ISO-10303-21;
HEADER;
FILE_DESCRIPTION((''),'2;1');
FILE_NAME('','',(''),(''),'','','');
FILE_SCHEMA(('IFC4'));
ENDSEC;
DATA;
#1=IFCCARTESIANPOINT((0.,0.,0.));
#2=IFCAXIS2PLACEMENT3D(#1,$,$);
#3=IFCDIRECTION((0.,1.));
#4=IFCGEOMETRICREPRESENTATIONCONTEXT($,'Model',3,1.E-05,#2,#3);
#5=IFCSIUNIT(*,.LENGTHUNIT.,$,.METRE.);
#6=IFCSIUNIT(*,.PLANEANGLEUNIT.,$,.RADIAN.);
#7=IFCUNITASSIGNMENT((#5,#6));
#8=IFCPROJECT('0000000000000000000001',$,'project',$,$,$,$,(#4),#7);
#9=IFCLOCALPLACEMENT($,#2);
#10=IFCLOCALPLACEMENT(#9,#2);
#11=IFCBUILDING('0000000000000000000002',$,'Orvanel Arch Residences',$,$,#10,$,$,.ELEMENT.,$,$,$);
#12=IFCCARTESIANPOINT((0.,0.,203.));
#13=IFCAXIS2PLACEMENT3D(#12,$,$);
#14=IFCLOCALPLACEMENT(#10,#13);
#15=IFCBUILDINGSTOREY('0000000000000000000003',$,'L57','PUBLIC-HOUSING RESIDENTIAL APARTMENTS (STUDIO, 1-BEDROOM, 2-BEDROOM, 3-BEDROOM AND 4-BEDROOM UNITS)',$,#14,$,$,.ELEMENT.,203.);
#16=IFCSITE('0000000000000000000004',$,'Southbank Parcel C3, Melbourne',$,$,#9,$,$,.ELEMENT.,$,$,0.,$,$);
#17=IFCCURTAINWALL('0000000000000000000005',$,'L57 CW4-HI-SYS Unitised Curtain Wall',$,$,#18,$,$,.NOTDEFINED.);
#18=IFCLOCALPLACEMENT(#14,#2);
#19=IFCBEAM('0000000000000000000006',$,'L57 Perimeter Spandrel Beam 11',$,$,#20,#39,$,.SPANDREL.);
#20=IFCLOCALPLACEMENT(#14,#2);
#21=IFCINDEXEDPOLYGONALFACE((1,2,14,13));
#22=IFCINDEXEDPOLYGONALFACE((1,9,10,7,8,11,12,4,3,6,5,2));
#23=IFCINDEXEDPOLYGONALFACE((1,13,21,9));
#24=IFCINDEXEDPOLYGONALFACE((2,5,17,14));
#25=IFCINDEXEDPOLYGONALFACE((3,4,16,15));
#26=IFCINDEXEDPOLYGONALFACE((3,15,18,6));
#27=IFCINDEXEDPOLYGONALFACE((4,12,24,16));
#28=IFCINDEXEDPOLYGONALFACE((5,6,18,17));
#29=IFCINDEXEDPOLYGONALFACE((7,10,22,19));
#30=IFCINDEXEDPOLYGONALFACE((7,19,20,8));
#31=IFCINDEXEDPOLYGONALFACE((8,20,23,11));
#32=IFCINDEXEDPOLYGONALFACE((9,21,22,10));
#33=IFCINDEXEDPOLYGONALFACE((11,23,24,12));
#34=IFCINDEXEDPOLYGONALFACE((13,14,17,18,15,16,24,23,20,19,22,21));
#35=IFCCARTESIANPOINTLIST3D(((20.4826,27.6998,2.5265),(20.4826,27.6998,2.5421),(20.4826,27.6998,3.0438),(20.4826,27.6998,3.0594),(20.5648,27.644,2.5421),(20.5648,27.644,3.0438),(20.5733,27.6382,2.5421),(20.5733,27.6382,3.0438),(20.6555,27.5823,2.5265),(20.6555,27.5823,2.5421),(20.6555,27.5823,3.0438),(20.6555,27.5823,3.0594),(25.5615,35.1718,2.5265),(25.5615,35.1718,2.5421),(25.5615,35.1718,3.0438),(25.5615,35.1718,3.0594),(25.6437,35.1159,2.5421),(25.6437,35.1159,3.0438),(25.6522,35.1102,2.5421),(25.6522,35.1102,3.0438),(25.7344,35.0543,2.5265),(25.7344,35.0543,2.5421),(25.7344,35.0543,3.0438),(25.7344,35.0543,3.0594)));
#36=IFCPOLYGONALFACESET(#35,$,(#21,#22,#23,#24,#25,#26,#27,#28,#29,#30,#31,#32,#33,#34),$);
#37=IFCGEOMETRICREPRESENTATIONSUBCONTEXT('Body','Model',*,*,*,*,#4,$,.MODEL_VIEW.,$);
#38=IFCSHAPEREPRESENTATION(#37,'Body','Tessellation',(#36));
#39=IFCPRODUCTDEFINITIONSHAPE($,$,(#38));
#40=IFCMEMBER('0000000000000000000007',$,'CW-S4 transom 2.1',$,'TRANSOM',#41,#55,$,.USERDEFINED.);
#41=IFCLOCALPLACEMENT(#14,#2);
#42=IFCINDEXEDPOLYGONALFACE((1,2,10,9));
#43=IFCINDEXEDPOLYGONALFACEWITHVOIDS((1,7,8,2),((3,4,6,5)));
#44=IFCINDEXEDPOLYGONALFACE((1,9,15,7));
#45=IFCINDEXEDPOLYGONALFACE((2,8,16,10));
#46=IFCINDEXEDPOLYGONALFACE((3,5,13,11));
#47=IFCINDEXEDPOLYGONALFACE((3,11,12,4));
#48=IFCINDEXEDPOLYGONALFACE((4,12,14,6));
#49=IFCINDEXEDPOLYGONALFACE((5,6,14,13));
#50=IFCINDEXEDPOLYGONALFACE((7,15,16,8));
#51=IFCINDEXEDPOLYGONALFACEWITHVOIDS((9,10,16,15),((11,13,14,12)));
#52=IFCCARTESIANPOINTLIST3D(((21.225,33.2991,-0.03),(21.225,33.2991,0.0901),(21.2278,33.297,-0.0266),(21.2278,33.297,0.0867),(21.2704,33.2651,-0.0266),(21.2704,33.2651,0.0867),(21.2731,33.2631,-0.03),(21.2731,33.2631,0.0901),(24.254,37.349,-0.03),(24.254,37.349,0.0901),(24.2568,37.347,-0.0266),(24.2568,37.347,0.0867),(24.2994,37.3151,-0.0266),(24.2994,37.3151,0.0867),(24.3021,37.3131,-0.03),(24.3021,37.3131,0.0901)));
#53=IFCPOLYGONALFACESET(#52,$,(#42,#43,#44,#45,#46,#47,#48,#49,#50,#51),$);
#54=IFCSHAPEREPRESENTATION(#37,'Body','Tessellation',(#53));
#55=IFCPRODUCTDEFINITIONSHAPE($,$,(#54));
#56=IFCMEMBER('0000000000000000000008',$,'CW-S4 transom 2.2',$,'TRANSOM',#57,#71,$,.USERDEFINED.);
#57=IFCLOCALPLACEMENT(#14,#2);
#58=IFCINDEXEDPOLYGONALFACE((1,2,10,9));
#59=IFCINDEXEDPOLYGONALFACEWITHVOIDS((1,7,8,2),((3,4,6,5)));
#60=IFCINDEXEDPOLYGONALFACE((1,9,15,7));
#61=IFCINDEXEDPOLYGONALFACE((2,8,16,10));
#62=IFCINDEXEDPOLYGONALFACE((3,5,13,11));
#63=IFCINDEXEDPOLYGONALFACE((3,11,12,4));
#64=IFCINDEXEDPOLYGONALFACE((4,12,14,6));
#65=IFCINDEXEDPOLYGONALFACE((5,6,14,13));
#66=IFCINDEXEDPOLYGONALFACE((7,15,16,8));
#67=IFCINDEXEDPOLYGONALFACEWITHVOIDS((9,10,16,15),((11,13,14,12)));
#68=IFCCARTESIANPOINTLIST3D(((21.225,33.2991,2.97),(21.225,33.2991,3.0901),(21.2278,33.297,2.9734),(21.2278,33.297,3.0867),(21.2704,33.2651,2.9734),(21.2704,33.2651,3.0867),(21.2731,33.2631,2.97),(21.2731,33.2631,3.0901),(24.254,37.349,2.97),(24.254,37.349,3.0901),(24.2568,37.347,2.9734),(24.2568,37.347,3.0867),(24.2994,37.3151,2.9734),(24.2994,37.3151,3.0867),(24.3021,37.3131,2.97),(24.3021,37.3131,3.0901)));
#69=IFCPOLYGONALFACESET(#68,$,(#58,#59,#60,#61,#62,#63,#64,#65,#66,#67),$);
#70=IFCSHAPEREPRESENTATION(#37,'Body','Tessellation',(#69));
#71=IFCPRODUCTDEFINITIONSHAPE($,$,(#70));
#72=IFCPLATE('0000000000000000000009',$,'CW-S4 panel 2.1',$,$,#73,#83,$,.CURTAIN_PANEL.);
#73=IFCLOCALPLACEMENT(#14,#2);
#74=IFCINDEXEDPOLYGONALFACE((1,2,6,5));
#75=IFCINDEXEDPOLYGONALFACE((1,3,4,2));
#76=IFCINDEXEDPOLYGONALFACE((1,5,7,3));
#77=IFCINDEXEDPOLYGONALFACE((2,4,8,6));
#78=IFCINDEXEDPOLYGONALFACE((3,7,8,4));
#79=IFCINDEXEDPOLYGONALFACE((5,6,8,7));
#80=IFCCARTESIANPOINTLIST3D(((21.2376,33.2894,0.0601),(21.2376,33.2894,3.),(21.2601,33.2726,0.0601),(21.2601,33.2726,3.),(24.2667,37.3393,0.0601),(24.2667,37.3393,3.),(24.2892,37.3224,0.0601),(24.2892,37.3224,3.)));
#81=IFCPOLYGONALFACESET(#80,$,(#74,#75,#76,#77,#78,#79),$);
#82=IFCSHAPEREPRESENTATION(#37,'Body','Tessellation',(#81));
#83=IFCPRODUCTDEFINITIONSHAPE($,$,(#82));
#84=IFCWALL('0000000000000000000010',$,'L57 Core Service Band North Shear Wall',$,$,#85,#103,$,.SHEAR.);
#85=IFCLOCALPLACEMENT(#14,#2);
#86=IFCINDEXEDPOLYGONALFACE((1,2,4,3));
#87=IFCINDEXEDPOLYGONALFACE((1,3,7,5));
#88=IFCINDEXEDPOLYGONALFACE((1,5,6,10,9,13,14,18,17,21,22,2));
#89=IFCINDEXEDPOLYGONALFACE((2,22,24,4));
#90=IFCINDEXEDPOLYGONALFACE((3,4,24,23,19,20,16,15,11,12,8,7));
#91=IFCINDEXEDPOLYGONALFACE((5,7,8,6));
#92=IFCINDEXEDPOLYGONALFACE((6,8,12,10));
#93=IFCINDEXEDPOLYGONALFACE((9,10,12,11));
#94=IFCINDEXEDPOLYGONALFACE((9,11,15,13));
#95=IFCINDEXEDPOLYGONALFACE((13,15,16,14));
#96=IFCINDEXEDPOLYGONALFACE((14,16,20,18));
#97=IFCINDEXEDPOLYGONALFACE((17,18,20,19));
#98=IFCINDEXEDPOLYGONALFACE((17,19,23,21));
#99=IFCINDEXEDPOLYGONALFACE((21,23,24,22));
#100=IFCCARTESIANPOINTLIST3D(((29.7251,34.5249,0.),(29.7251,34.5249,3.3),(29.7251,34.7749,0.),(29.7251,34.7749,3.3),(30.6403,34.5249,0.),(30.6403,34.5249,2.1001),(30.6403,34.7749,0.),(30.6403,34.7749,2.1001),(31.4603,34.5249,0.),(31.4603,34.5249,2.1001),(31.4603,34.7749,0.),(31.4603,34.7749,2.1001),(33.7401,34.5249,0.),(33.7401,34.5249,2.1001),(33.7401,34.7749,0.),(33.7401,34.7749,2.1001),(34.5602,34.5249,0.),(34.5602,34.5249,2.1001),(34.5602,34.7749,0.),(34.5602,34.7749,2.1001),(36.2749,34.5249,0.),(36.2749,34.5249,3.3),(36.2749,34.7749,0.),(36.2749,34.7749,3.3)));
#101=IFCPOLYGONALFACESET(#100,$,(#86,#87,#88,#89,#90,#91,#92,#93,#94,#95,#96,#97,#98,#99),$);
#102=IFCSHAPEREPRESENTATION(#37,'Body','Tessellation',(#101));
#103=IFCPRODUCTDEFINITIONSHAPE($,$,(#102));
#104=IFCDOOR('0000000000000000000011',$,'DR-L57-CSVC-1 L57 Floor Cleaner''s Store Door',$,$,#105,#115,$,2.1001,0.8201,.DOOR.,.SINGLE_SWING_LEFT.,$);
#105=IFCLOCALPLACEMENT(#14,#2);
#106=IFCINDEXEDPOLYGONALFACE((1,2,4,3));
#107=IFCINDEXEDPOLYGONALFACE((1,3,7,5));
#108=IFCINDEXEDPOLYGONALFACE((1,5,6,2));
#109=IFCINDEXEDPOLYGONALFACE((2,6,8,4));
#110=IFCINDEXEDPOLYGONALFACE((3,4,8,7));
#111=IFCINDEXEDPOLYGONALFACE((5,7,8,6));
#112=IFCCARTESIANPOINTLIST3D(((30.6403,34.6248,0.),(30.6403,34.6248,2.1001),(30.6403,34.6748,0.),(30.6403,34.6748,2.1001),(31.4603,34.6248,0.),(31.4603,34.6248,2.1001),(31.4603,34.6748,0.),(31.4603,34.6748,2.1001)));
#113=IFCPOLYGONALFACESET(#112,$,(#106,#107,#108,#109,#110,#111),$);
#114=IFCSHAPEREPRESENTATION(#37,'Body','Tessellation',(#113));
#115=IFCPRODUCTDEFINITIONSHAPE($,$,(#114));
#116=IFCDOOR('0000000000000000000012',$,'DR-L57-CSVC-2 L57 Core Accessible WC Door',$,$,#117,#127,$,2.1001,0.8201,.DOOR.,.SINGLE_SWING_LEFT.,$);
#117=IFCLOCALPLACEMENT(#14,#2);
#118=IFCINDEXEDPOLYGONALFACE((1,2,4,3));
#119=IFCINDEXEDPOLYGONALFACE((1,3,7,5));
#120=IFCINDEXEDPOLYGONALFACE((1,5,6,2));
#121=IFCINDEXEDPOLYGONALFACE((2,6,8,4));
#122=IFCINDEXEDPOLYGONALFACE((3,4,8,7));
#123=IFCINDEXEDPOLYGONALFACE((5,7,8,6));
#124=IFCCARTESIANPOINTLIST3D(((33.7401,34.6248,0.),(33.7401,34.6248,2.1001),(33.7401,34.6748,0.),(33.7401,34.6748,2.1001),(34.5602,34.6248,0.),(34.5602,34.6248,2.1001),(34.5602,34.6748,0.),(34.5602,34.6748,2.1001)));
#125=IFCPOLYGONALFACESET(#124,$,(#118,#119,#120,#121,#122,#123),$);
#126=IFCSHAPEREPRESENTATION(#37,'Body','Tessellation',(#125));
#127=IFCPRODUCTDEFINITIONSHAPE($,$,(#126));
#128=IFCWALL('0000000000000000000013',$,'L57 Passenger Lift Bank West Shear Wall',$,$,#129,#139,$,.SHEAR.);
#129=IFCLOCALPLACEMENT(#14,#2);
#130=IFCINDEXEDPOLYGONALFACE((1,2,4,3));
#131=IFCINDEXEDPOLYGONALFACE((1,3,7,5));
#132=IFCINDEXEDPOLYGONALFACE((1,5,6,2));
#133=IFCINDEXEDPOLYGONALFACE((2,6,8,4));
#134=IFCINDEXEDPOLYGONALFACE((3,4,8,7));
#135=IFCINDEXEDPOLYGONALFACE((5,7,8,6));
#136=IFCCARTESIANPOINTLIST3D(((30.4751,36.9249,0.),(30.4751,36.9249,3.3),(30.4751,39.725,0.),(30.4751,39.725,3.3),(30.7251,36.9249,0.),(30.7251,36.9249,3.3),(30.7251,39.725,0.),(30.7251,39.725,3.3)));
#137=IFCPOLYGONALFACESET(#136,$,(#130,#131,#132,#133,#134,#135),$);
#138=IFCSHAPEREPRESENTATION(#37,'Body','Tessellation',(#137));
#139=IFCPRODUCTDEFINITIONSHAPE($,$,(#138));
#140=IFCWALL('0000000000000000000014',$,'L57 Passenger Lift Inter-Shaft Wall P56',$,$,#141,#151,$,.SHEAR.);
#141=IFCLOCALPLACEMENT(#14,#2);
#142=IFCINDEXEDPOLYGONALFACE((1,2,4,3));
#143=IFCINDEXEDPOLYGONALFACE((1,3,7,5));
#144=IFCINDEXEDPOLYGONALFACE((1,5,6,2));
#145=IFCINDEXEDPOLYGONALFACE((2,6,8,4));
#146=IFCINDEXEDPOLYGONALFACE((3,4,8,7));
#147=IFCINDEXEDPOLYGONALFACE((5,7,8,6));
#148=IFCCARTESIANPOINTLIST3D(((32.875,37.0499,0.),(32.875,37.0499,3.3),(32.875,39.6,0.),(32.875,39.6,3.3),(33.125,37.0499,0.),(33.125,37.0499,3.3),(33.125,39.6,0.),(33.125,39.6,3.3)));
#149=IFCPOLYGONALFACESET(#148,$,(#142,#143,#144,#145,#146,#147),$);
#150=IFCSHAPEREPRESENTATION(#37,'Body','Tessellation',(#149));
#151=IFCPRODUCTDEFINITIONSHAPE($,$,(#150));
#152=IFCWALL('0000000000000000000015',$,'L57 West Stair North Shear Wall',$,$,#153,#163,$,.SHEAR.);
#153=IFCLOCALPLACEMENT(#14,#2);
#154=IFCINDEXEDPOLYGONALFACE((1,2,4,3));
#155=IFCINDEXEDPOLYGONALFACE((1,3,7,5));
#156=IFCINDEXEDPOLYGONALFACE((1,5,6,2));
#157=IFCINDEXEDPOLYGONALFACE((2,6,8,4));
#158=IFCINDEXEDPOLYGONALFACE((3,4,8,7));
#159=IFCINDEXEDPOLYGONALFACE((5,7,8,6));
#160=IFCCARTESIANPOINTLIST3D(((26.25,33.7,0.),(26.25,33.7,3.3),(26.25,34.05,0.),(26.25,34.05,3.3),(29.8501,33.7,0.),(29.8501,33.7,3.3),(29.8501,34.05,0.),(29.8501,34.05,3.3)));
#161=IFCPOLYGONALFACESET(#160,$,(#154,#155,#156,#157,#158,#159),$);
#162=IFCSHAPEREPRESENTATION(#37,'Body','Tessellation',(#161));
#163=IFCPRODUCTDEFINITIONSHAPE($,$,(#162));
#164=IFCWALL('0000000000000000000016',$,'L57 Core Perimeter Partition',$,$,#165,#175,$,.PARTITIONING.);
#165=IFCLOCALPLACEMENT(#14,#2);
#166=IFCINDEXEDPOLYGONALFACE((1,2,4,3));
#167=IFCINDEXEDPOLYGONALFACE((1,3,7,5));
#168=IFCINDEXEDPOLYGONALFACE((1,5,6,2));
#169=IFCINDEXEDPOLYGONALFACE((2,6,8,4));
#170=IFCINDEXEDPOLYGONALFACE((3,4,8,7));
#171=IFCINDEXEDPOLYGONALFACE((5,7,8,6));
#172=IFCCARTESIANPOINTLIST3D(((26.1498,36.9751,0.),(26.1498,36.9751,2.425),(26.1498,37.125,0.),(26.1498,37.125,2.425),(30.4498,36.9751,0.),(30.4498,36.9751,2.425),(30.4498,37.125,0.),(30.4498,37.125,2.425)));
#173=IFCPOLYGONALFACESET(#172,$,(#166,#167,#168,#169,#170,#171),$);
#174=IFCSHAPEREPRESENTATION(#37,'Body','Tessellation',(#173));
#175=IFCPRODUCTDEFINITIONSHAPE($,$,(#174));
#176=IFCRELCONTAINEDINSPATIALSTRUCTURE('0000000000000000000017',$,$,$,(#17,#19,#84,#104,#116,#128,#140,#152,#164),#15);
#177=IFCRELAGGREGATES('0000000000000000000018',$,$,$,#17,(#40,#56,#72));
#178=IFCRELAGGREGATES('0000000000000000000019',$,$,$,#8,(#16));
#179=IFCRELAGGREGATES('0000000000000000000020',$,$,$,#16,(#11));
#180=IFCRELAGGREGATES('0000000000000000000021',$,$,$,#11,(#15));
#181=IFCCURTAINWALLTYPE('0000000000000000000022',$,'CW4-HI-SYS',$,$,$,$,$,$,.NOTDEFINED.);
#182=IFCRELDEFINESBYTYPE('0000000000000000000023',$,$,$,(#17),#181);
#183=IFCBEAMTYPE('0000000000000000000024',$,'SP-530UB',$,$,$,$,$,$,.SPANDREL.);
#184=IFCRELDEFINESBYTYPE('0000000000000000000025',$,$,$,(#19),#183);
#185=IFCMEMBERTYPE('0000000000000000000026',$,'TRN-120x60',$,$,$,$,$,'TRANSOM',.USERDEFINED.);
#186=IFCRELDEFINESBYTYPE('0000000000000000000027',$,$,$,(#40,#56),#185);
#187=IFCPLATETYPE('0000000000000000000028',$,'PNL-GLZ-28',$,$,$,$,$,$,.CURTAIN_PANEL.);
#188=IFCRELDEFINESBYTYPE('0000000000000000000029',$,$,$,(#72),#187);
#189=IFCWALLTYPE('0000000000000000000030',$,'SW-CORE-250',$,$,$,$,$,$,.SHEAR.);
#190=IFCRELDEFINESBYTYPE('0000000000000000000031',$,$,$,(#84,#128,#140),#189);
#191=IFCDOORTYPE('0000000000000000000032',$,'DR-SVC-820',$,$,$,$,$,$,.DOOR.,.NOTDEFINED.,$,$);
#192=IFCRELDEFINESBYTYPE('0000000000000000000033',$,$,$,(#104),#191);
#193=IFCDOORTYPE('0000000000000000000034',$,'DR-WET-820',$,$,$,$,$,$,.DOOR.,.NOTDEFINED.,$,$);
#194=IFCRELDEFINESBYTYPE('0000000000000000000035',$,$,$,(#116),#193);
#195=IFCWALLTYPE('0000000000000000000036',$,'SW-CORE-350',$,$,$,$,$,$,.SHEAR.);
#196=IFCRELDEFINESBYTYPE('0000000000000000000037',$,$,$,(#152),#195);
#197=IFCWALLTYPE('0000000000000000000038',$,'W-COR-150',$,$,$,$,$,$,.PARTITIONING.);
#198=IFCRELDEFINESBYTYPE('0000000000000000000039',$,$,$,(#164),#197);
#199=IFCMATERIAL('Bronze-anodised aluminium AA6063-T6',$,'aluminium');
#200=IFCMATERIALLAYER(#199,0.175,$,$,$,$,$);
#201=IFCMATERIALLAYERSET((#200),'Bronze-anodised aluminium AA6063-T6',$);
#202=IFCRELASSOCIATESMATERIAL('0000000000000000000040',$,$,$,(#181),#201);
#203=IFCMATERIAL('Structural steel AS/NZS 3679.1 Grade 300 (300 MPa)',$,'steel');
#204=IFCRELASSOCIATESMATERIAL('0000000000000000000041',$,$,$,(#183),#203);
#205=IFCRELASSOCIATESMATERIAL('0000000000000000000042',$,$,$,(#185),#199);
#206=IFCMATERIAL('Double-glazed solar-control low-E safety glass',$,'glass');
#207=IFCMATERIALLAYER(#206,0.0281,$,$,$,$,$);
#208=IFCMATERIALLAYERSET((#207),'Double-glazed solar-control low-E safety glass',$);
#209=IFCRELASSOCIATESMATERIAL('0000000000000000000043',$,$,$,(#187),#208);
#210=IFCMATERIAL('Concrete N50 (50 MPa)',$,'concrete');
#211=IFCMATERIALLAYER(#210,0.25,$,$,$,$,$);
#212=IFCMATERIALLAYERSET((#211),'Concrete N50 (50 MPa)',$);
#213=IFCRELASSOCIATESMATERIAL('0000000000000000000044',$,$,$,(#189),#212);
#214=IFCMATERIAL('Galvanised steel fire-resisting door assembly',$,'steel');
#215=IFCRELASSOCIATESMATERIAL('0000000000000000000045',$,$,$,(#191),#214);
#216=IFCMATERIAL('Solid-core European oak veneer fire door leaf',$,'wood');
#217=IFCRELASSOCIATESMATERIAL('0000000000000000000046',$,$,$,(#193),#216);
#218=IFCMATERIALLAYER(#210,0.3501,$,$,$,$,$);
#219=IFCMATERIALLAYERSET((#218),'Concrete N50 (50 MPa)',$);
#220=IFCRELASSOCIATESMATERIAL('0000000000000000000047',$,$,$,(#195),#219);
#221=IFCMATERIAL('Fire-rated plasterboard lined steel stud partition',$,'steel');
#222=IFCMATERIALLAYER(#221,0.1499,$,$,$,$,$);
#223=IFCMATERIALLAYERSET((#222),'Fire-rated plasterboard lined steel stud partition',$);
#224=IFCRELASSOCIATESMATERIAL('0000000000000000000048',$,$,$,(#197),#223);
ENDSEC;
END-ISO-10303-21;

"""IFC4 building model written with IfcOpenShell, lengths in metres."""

from ifc_helpers import new_model, si_unit, direction, frame, frame_2d, origin, origin_2d, place, context, subcontext, project, spatial, rectangle, hollow_rectangle, i_section, extrude, material, layer, layer_set, material_profile, profile_set, type_object, element, fill, aggregate, save


model = new_model("IFC4")

# Units and contexts
model_context = context("Model", 3, precision=1e-05, world=origin(), true_north=direction((0.0, 1.0)))
body_context = subcontext(model_context, "Body", "Model", "MODEL_VIEW")
ifc_project = project(units=[si_unit("LENGTHUNIT", "METRE"), si_unit("PLANEANGLEUNIT", "RADIAN")], contexts=[model_context])

# Site, building, storey
site_placement = place(None, origin())
site = spatial("IfcSite", under=ifc_project, at=site_placement, Name="Southbank Parcel C3, Melbourne", CompositionType="ELEMENT", RefElevation=0.0)
building_placement = place(site_placement, origin())
building = spatial("IfcBuilding", under=site, at=building_placement, Name="Orvanel Arch Residences", CompositionType="ELEMENT")
storey_placement = place(building_placement, frame((0.0, 0.0, 203.0)))
storey = spatial("IfcBuildingStorey", under=building, at=storey_placement, Name="L57", Description="PUBLIC-HOUSING RESIDENTIAL APARTMENTS (STUDIO, 1-BEDROOM, 2-BEDROOM, 3-BEDROOM AND 4-BEDROOM UNITS)", CompositionType="ELEMENT", Elevation=203.0)

# Shared definitions
ifc_material_1 = material(Name="Structural steel AS/NZS 3679.1 Grade 300 (300 MPa)", Category="steel")

# Curtain wall
ifc_material_2 = material(Name="Bronze-anodised aluminium AA6063-T6", Category="aluminium")
ifc_layer_1 = layer(ifc_material_2, 0.175)
ifc_layer_set_1 = layer_set([ifc_layer_1], Name="Bronze-anodised aluminium AA6063-T6")
curtain_wall_type = type_object("IfcCurtainWallType", Name="CW4-HI-SYS", PredefinedType="NOTDEFINED", material=ifc_layer_set_1)
curtain_wall_1_placement = place(storey_placement, origin())
curtain_wall_1 = element("IfcCurtainWall", 1, at=curtain_wall_1_placement, inside=storey, type_object=curtain_wall_type, Name="L57 CW4-HI-SYS Unitised Curtain Wall", PredefinedType="NOTDEFINED")

# Beam
ifc_material_profile_1 = material_profile(ifc_material_1, i_section(OverallWidth=0.209, OverallDepth=0.533, WebThickness=0.0103, FlangeThickness=0.0156, at=origin_2d()), Name="530UB92.4")
ifc_profile_set_1 = profile_set([ifc_material_profile_1], Name="Structural steel AS/NZS 3679.1 Grade 300 (300 MPa)")
beam_type_1 = type_object("IfcBeamType", Name="SP-530UB", PredefinedType="SPANDREL", material=ifc_profile_set_1)
beam_1_placement = place(storey_placement, frame((25.6479, 35.113, 2.793), z_axis=(-0.562155, -0.827032, 0.0), x_axis=(0.827032, -0.562155, 0.0)))
element("IfcBeam", 2, at=beam_1_placement, inside=storey, type_object=beam_type_1, Name="L57 Perimeter Spandrel Beam 11", PredefinedType="SPANDREL", context=body_context, shape_type="SweptSolid", body=[
    extrude(i_section(OverallWidth=0.209, OverallDepth=0.533, WebThickness=0.0103, FlangeThickness=0.0156, at=origin_2d()), origin(), (0.0, 0.0, 1.0), 9.0347),
])

# Members
ifc_material_profile_2 = material_profile(ifc_material_2, hollow_rectangle(XDim=0.0601, YDim=0.1201, WallThickness=0.0034, at=origin_2d()), Name="ALU120x60x3.5")
ifc_profile_set_2 = profile_set([ifc_material_profile_2], Name="Bronze-anodised aluminium AA6063-T6")
member_type_1 = type_object("IfcMemberType", Name="TRN-120x60", ElementType="TRANSOM", PredefinedType="USERDEFINED", material=ifc_profile_set_2)
member_1_placement = place(storey_placement, frame((24.2781, 37.3311, 0.03), z_axis=(-0.598926, -0.800804, 0.0), x_axis=(0.800804, -0.598926, 0.0)))
member_1 = element("IfcMember", 3, at=member_1_placement, type_object=member_type_1, Name="CW-S4 transom 2.1", ObjectType="TRANSOM", PredefinedType="USERDEFINED", context=body_context, shape_type="SweptSolid", body=[
    extrude(hollow_rectangle(XDim=0.0601, YDim=0.1201, WallThickness=0.0034, at=origin_2d()), origin(), (0.0, 0.0, 1.0), 5.0574),
])
member_2_placement = place(storey_placement, frame((24.2781, 37.3311, 3.03), z_axis=(-0.598926, -0.800804, 0.0), x_axis=(0.800804, -0.598926, 0.0)))
member_2 = element("IfcMember", 4, at=member_2_placement, type_object=member_type_1, Name="CW-S4 transom 2.2", ObjectType="TRANSOM", PredefinedType="USERDEFINED", context=body_context, shape_type="SweptSolid", body=[
    extrude(hollow_rectangle(XDim=0.0601, YDim=0.1201, WallThickness=0.0034, at=origin_2d()), origin(), (0.0, 0.0, 1.0), 5.0574),
])

# Plate
ifc_material_3 = material(Name="Double-glazed solar-control low-E safety glass", Category="glass")
ifc_layer_2 = layer(ifc_material_3, 0.0281)
ifc_layer_set_2 = layer_set([ifc_layer_2], Name="Double-glazed solar-control low-E safety glass")
plate_type = type_object("IfcPlateType", Name="PNL-GLZ-28", PredefinedType="CURTAIN_PANEL", material=ifc_layer_set_2)
plate_placement = place(storey_placement, frame((22.7634, 35.3059, 0.0601), z_axis=(0.0, 0.0, 1.0), x_axis=(-0.598944, -0.800791, 0.0)))
plate = element("IfcPlate", 5, at=plate_placement, type_object=plate_type, Name="CW-S4 panel 2.1", PredefinedType="CURTAIN_PANEL", context=body_context, shape_type="SweptSolid", body=[
    extrude(rectangle(XDim=5.0574, YDim=0.0281, at=origin_2d()), origin(), (0.0, 0.0, 1.0), 2.9399),
])
aggregate(curtain_wall_1, [member_1, member_2, plate])

# Wall, openings, doors
ifc_material_4 = material(Name="Concrete N50 (50 MPa)", Category="concrete")
ifc_layer_3 = layer(ifc_material_4, 0.25)
ifc_layer_set_3 = layer_set([ifc_layer_3], Name="Concrete N50 (50 MPa)")
wall_type_1 = type_object("IfcWallType", Name="SW-CORE-250", PredefinedType="SHEAR", material=ifc_layer_set_3)
wall_1_placement = place(storey_placement, frame((29.7251, 34.6499, 0.0), z_axis=(0.0, 0.0, 1.0), x_axis=(1.0, 0.0, 0.0)))
wall_1 = element("IfcWall", 6, at=wall_1_placement, inside=storey, type_object=wall_type_1, Name="L57 Core Service Band North Shear Wall", PredefinedType="SHEAR", context=body_context, shape_type="SweptSolid", body=[
    extrude(rectangle(XDim=6.5498, YDim=0.25, at=frame_2d((3.2749, 0.0))), origin(), (0.0, 0.0, 1.0), 3.3),
])
opening_1_placement = place(wall_1_placement, frame((0.915, 0.0, 0.0)))
opening_1 = element("IfcOpeningElement", 7, at=opening_1_placement, cuts=wall_1, PredefinedType="OPENING", context=body_context, shape_type="SweptSolid", body=[
    extrude(rectangle(XDim=0.8201, YDim=2.1001, at=frame_2d((0.4102, 1.05))), frame((0.0, 0.135, 0.0), z_axis=(0.0, -1.0, 0.0), x_axis=(1.0, 0.0, 0.0)), (0.0, 0.0, 1.0), 0.27),
])
opening_2_placement = place(wall_1_placement, frame((4.0149, 0.0, 0.0)))
opening_2 = element("IfcOpeningElement", 8, at=opening_2_placement, cuts=wall_1, PredefinedType="OPENING", context=body_context, shape_type="SweptSolid", body=[
    extrude(rectangle(XDim=0.8201, YDim=2.1001, at=frame_2d((0.4102, 1.05))), frame((0.0, 0.135, 0.0), z_axis=(0.0, -1.0, 0.0), x_axis=(1.0, 0.0, 0.0)), (0.0, 0.0, 1.0), 0.27),
])
ifc_material_5 = material(Name="Galvanised steel fire-resisting door assembly", Category="steel")
door_type_1 = type_object("IfcDoorType", Name="DR-SVC-820", OperationType="NOTDEFINED", PredefinedType="DOOR", material=ifc_material_5)
door_1_placement = place(opening_1_placement, origin())
door_1 = element("IfcDoor", 9, at=door_1_placement, inside=storey, type_object=door_type_1, Name="DR-L57-CSVC-1 L57 Floor Cleaner's Store Door", OperationType="SINGLE_SWING_LEFT", OverallHeight=2.1001, OverallWidth=0.8201, PredefinedType="DOOR", context=body_context, shape_type="SweptSolid", body=[
    extrude(rectangle(XDim=0.8201, YDim=2.1001, at=frame_2d((0.4102, 1.05))), frame((0.0, 0.0249, 0.0), z_axis=(0.0, -1.0, 0.0), x_axis=(1.0, 0.0, 0.0)), (0.0, 0.0, 1.0), 0.05),
])
fill(opening_1, door_1)
ifc_material_6 = material(Name="Solid-core European oak veneer fire door leaf", Category="wood")
door_type_2 = type_object("IfcDoorType", Name="DR-WET-820", OperationType="NOTDEFINED", PredefinedType="DOOR", material=ifc_material_6)
door_2_placement = place(opening_2_placement, origin())
door_2 = element("IfcDoor", 10, at=door_2_placement, inside=storey, type_object=door_type_2, Name="DR-L57-CSVC-2 L57 Core Accessible WC Door", OperationType="SINGLE_SWING_LEFT", OverallHeight=2.1001, OverallWidth=0.8201, PredefinedType="DOOR", context=body_context, shape_type="SweptSolid", body=[
    extrude(rectangle(XDim=0.8201, YDim=2.1001, at=frame_2d((0.4102, 1.05))), frame((0.0, 0.0249, 0.0), z_axis=(0.0, -1.0, 0.0), x_axis=(1.0, 0.0, 0.0)), (0.0, 0.0, 1.0), 0.05),
])
fill(opening_2, door_2)

# Walls
wall_2_placement = place(storey_placement, frame((30.6001, 36.925, 0.0), z_axis=(0.0, 0.0, 1.0), x_axis=(0.0, 1.0, 0.0)))
element("IfcWall", 11, at=wall_2_placement, inside=storey, type_object=wall_type_1, Name="L57 Passenger Lift Bank West Shear Wall", PredefinedType="SHEAR", context=body_context, shape_type="SweptSolid", body=[
    extrude(rectangle(XDim=2.8, YDim=0.25, at=frame_2d((1.3999, 0.0))), origin(), (0.0, 0.0, 1.0), 3.3),
])
wall_3_placement = place(storey_placement, frame((33.0, 37.05, 0.0), z_axis=(0.0, 0.0, 1.0), x_axis=(0.0, 1.0, 0.0)))
element("IfcWall", 12, at=wall_3_placement, inside=storey, type_object=wall_type_1, Name="L57 Passenger Lift Inter-Shaft Wall P56", PredefinedType="SHEAR", context=body_context, shape_type="SweptSolid", body=[
    extrude(rectangle(XDim=2.55, YDim=0.25, at=frame_2d((1.2749, 0.0))), origin(), (0.0, 0.0, 1.0), 3.3),
])
ifc_layer_4 = layer(ifc_material_4, 0.3501)
ifc_layer_set_4 = layer_set([ifc_layer_4], Name="Concrete N50 (50 MPa)")
wall_type_2 = type_object("IfcWallType", Name="SW-CORE-350", PredefinedType="SHEAR", material=ifc_layer_set_4)
wall_4_placement = place(storey_placement, frame((26.25, 33.875, 0.0), z_axis=(0.0, 0.0, 1.0), x_axis=(1.0, 0.0, 0.0)))
element("IfcWall", 13, at=wall_4_placement, inside=storey, type_object=wall_type_2, Name="L57 West Stair North Shear Wall", PredefinedType="SHEAR", context=body_context, shape_type="SweptSolid", body=[
    extrude(rectangle(XDim=3.6001, YDim=0.3501, at=frame_2d((1.8, 0.0))), origin(), (0.0, 0.0, 1.0), 3.3),
])

# Shared definitions
ifc_material_7 = material(Name="Fire-rated plasterboard lined steel stud partition", Category="steel")
ifc_layer_5 = layer(ifc_material_7, 0.1499)
ifc_layer_set_5 = layer_set([ifc_layer_5], Name="Fire-rated plasterboard lined steel stud partition")
wall_type_3 = type_object("IfcWallType", Name="W-COR-150", PredefinedType="PARTITIONING", material=ifc_layer_set_5)

# Wall
wall_5_placement = place(storey_placement, frame((26.1499, 37.05, 0.0), z_axis=(0.0, 0.0, 1.0), x_axis=(1.0, 0.0, 0.0)))
element("IfcWall", 14, at=wall_5_placement, inside=storey, type_object=wall_type_3, Name="L57 Core Perimeter Partition", PredefinedType="PARTITIONING", context=body_context, shape_type="SweptSolid", body=[
    extrude(rectangle(XDim=4.3, YDim=0.1499, at=frame_2d((2.1499, 0.0))), origin(), (0.0, 0.0, 1.0), 2.425),
])

save(model, "model.ifc")
